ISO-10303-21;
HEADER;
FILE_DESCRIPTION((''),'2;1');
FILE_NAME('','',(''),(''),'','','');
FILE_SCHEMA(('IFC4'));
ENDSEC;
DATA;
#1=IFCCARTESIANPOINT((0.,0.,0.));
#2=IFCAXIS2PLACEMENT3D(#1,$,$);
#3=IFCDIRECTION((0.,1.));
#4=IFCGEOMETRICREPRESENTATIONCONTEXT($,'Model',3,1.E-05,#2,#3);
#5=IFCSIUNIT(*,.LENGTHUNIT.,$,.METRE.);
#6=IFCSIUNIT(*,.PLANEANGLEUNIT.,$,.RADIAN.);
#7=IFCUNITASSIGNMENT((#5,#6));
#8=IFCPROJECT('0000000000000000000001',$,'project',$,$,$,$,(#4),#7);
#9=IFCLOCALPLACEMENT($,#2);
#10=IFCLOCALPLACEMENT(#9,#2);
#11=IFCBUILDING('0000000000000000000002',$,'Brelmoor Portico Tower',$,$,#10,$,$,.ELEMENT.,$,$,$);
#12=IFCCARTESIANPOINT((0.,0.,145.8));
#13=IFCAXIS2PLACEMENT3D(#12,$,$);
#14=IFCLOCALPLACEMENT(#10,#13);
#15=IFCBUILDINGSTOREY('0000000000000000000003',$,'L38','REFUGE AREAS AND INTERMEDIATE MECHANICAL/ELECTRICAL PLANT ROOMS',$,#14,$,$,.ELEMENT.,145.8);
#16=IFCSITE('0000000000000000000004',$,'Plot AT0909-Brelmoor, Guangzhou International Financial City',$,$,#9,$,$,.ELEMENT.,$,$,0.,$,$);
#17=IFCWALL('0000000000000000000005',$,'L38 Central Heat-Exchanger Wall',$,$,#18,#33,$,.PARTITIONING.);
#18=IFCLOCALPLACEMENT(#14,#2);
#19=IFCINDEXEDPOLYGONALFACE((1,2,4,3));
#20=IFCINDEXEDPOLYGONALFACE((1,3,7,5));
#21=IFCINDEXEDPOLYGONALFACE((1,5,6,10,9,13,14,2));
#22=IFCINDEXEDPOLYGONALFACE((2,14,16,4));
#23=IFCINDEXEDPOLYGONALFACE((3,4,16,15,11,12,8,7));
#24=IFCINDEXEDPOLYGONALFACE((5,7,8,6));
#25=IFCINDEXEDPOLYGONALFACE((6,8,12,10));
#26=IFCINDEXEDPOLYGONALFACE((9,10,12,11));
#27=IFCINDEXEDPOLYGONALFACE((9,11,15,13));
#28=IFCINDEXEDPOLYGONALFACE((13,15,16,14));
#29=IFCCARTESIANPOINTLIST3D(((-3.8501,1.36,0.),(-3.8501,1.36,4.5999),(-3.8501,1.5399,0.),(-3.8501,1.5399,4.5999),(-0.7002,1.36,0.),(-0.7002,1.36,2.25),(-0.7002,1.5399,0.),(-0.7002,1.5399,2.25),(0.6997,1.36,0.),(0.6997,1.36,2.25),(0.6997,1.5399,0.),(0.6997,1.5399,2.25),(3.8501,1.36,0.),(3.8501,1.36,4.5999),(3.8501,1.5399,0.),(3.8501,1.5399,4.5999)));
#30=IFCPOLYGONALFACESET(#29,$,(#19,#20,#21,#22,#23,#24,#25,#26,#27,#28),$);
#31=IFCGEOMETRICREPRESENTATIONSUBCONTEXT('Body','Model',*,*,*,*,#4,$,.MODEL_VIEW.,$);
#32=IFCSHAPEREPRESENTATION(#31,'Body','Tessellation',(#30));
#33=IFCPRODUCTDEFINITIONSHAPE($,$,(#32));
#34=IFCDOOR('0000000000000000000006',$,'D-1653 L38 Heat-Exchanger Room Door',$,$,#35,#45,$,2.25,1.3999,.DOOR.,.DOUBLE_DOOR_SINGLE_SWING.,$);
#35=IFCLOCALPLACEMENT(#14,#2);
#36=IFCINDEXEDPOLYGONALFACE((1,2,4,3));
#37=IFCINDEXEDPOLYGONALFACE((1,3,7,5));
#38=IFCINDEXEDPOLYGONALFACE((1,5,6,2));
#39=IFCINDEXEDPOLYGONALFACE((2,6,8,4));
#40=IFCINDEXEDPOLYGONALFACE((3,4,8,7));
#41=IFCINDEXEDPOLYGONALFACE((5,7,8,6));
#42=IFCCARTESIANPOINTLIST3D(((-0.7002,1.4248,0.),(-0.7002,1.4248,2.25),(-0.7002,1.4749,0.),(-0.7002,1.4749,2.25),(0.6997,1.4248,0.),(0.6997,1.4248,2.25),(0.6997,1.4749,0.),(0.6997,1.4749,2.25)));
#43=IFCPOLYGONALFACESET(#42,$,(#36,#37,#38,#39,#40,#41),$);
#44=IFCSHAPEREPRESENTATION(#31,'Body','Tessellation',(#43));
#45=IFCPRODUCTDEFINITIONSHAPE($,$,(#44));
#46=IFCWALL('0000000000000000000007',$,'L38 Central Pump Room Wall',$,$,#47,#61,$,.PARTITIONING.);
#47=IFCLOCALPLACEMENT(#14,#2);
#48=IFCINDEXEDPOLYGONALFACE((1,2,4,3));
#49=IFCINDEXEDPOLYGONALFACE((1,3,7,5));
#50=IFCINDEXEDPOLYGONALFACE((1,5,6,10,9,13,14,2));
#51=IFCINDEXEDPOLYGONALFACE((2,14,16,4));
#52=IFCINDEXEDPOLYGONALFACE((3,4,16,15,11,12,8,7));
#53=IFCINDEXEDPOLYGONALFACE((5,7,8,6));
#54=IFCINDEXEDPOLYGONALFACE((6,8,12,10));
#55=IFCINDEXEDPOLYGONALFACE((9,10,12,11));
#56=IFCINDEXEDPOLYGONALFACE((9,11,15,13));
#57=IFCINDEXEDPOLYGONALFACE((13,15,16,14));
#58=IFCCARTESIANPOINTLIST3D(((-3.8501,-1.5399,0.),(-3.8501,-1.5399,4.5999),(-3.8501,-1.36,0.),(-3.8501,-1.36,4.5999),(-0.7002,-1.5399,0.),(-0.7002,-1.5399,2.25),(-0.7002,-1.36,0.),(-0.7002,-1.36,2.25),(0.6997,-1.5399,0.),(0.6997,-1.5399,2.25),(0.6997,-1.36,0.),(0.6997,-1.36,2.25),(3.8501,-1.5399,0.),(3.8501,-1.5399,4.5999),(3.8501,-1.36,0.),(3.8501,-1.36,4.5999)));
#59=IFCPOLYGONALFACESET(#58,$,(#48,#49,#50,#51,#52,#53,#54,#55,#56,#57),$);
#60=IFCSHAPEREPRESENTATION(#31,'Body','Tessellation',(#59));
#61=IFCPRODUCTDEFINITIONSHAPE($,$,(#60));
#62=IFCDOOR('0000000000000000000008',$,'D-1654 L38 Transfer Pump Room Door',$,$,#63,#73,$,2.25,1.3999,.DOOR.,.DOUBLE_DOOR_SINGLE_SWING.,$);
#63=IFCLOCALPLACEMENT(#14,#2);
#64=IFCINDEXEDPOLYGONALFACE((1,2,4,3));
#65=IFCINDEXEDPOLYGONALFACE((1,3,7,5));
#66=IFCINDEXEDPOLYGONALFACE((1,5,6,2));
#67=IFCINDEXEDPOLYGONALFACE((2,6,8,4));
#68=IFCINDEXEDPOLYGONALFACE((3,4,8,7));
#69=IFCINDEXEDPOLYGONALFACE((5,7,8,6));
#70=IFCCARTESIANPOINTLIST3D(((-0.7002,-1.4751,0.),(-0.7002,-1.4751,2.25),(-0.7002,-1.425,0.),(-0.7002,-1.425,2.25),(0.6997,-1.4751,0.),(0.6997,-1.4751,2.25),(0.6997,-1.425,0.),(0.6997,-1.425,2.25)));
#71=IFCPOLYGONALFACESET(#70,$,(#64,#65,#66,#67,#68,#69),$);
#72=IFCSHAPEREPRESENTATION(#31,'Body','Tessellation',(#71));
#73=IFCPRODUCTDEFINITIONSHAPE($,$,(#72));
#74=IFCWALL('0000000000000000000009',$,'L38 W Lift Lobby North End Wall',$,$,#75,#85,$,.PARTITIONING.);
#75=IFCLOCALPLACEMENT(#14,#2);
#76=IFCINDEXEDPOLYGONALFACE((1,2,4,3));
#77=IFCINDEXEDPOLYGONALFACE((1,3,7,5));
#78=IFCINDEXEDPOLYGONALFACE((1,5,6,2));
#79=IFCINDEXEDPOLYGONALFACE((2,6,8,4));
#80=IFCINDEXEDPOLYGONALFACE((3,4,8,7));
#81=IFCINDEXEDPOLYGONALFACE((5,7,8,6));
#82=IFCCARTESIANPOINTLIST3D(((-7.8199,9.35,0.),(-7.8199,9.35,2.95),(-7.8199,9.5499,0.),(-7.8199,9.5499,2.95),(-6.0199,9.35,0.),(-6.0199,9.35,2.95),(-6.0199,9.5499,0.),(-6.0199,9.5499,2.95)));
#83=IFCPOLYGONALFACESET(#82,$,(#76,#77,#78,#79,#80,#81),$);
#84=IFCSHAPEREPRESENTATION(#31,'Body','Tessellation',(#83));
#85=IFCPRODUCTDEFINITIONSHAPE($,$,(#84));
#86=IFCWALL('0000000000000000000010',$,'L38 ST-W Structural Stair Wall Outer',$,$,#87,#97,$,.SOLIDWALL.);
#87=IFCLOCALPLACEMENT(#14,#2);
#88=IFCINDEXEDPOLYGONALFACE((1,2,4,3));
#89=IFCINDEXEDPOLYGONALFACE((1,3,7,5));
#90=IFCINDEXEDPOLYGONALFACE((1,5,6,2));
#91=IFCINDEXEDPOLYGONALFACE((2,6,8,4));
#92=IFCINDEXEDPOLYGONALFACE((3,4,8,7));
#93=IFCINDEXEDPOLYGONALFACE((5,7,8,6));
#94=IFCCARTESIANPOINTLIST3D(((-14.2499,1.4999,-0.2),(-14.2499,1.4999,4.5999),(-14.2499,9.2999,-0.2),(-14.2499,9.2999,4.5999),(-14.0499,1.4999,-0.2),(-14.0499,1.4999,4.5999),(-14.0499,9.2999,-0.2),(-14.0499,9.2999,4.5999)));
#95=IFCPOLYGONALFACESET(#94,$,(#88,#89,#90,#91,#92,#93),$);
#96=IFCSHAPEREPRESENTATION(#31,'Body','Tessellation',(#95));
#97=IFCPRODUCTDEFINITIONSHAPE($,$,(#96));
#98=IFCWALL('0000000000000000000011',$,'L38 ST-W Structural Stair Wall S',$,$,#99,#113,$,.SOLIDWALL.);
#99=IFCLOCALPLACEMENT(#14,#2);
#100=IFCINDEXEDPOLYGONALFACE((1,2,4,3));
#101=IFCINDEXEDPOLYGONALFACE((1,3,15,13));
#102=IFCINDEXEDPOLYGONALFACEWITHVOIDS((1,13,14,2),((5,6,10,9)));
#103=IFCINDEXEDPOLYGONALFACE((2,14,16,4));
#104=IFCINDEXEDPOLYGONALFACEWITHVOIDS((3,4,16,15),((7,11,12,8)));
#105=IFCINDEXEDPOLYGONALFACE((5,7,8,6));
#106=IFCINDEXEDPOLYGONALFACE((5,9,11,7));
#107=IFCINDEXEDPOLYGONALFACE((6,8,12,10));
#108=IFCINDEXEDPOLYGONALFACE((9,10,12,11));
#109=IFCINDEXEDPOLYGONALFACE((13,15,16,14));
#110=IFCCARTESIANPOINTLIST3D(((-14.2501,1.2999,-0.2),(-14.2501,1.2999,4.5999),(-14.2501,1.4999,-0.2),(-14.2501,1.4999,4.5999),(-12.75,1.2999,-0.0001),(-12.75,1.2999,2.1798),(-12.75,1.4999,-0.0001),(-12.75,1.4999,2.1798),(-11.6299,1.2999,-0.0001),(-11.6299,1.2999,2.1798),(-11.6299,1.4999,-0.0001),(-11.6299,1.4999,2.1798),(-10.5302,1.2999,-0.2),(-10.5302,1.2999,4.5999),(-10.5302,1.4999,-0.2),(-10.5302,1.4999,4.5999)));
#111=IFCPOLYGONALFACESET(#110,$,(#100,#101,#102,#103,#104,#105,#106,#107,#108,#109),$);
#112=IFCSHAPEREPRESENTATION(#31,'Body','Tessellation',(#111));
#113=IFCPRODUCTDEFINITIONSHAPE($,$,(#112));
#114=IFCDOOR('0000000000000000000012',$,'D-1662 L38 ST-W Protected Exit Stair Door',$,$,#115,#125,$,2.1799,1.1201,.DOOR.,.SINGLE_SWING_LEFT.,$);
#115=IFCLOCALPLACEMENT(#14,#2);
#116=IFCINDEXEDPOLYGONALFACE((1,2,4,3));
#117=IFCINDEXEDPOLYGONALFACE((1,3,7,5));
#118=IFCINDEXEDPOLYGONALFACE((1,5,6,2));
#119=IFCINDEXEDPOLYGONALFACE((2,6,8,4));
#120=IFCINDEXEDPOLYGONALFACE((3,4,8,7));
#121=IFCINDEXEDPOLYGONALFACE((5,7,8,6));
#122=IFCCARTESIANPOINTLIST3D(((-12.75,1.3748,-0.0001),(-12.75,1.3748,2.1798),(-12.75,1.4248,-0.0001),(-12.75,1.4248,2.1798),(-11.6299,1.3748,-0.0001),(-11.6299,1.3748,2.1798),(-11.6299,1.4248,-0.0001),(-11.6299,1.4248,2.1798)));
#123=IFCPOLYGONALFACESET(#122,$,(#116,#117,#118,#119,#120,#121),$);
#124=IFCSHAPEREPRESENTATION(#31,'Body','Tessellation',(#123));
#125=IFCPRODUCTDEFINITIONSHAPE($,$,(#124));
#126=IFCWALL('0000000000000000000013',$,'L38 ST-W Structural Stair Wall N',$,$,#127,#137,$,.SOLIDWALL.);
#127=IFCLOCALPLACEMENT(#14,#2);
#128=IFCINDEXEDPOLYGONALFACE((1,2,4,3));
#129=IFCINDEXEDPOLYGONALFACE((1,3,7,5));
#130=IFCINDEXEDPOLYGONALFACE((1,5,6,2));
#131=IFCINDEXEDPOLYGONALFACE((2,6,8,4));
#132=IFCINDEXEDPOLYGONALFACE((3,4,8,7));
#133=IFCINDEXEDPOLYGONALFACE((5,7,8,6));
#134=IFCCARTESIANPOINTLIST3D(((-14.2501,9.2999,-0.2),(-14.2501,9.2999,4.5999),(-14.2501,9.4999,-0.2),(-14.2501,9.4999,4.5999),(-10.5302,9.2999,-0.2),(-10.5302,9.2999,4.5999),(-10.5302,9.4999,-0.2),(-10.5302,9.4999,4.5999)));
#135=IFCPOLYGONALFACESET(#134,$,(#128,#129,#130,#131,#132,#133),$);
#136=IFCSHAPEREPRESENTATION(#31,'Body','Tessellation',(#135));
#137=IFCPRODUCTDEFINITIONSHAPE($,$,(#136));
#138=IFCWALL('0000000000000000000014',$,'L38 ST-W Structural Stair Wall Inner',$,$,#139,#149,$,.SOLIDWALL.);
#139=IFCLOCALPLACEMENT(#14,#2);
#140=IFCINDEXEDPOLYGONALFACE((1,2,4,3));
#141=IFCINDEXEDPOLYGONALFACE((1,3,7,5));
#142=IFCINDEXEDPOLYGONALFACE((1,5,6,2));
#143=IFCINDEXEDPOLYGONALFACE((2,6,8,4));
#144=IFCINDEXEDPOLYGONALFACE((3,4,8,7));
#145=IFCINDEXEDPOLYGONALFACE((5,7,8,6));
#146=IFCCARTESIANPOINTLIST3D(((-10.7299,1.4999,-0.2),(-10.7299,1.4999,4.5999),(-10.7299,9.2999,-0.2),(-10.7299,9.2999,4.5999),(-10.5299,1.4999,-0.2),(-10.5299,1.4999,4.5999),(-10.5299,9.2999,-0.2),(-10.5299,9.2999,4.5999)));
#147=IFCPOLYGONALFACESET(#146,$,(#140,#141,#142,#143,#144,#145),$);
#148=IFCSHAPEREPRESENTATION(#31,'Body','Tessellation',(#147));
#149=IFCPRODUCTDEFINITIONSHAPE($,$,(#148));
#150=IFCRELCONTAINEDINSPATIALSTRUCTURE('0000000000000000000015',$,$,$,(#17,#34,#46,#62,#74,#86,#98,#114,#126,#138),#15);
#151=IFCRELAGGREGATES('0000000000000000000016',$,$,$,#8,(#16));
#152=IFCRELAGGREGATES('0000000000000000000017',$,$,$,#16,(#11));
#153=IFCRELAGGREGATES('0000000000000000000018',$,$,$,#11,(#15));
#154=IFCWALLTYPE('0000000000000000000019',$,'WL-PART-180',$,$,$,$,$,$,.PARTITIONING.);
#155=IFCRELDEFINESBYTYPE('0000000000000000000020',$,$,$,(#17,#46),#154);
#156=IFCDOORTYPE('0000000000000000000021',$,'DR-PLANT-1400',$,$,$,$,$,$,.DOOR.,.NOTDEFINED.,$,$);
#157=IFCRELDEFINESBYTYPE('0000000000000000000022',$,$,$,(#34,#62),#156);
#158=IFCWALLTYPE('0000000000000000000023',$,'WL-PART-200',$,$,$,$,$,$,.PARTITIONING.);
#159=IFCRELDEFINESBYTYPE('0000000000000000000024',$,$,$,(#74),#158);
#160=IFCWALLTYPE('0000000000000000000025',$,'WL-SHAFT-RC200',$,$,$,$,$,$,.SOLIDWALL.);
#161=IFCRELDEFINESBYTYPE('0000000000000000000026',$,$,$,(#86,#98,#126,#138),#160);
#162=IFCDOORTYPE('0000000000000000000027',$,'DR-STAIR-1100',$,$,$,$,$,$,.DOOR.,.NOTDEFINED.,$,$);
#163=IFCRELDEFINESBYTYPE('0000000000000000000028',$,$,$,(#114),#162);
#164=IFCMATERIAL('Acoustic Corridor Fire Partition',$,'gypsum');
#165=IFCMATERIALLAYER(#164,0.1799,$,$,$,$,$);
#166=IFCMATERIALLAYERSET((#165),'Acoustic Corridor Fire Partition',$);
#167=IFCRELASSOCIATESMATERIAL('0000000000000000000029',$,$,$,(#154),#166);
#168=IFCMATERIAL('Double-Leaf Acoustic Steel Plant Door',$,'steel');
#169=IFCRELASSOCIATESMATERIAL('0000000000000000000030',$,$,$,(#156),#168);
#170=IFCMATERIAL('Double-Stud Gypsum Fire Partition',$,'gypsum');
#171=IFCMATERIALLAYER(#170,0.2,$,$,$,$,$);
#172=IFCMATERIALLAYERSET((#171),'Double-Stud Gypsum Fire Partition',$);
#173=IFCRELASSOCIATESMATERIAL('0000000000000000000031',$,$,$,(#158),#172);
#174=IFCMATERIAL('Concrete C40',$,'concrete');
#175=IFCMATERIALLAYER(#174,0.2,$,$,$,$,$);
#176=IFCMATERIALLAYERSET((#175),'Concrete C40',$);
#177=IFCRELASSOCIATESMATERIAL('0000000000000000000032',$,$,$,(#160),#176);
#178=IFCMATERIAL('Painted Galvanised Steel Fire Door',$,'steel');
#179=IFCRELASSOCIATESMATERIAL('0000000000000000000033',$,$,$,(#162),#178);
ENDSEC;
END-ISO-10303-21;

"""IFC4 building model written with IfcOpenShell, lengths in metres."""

from ifc_helpers import new_model, si_unit, direction, frame, frame_2d, origin, place, context, subcontext, project, spatial, rectangle, extrude, material, layer, layer_set, type_object, element, fill, save


model = new_model("IFC4")

# Units and contexts
model_context = context("Model", 3, precision=1e-05, world=origin(), true_north=direction((0.0, 1.0)))
body_context = subcontext(model_context, "Body", "Model", "MODEL_VIEW")
ifc_project = project(units=[si_unit("LENGTHUNIT", "METRE"), si_unit("PLANEANGLEUNIT", "RADIAN")], contexts=[model_context])

# Site, building, storey
site_placement = place(None, origin())
site = spatial("IfcSite", under=ifc_project, at=site_placement, Name="Plot AT0909-Brelmoor, Guangzhou International Financial City", CompositionType="ELEMENT", RefElevation=0.0)
building_placement = place(site_placement, origin())
building = spatial("IfcBuilding", under=site, at=building_placement, Name="Brelmoor Portico Tower", CompositionType="ELEMENT")
storey_placement = place(building_placement, frame((0.0, 0.0, 145.8)))
storey = spatial("IfcBuildingStorey", under=building, at=storey_placement, Name="L38", Description="REFUGE AREAS AND INTERMEDIATE MECHANICAL/ELECTRICAL PLANT ROOMS", CompositionType="ELEMENT", Elevation=145.8)

# Shared definitions
ifc_material_1 = material(Name="Concrete C40", Category="concrete")

# Walls, openings, doors
ifc_material_2 = material(Name="Acoustic Corridor Fire Partition", Category="gypsum")
ifc_layer_1 = layer(ifc_material_2, 0.1799)
ifc_layer_set_1 = layer_set([ifc_layer_1], Name="Acoustic Corridor Fire Partition")
wall_type_1 = type_object("IfcWallType", Name="WL-PART-180", PredefinedType="PARTITIONING", material=ifc_layer_set_1)
wall_1_placement = place(storey_placement, frame((-3.8501, 1.45, 0.0), z_axis=(0.0, 0.0, 1.0), x_axis=(1.0, 0.0, 0.0)))
wall_1 = element("IfcWall", 1, at=wall_1_placement, inside=storey, type_object=wall_type_1, Name="L38 Central Heat-Exchanger Wall", PredefinedType="PARTITIONING", context=body_context, shape_type="SweptSolid", body=[
    extrude(rectangle(XDim=7.7002, YDim=0.1799, at=frame_2d((3.8501, 0.0))), origin(), (0.0, 0.0, 1.0), 4.5999),
])
opening_1_placement = place(wall_1_placement, frame((3.1499, 0.0, 0.0)))
opening_1 = element("IfcOpeningElement", 2, at=opening_1_placement, cuts=wall_1, PredefinedType="OPENING", context=body_context, shape_type="SweptSolid", body=[
    extrude(rectangle(XDim=1.3999, YDim=2.25, at=frame_2d((0.7, 1.125))), frame((0.0, 0.0999, 0.0), z_axis=(0.0, -1.0, 0.0), x_axis=(1.0, 0.0, 0.0)), (0.0, 0.0, 1.0), 0.2),
])
ifc_material_3 = material(Name="Double-Leaf Acoustic Steel Plant Door", Category="steel")
door_type_1 = type_object("IfcDoorType", Name="DR-PLANT-1400", OperationType="NOTDEFINED", PredefinedType="DOOR", material=ifc_material_3)
door_1_placement = place(opening_1_placement, origin())
door_1 = element("IfcDoor", 3, at=door_1_placement, inside=storey, type_object=door_type_1, Name="D-1653 L38 Heat-Exchanger Room Door", OperationType="DOUBLE_DOOR_SINGLE_SWING", OverallHeight=2.25, OverallWidth=1.3999, PredefinedType="DOOR", context=body_context, shape_type="SweptSolid", body=[
    extrude(rectangle(XDim=1.3999, YDim=2.25, at=frame_2d((0.7, 1.125))), frame((0.0, 0.0249, 0.0), z_axis=(0.0, -1.0, 0.0), x_axis=(1.0, 0.0, 0.0)), (0.0, 0.0, 1.0), 0.05),
])
fill(opening_1, door_1)
wall_2_placement = place(storey_placement, frame((-3.8501, -1.45, 0.0), z_axis=(0.0, 0.0, 1.0), x_axis=(1.0, 0.0, 0.0)))
wall_2 = element("IfcWall", 4, at=wall_2_placement, inside=storey, type_object=wall_type_1, Name="L38 Central Pump Room Wall", PredefinedType="PARTITIONING", context=body_context, shape_type="SweptSolid", body=[
    extrude(rectangle(XDim=7.7002, YDim=0.1799, at=frame_2d((3.8501, 0.0))), origin(), (0.0, 0.0, 1.0), 4.5999),
])
opening_2_placement = place(wall_2_placement, frame((3.1499, 0.0, 0.0)))
opening_2 = element("IfcOpeningElement", 5, at=opening_2_placement, cuts=wall_2, PredefinedType="OPENING", context=body_context, shape_type="SweptSolid", body=[
    extrude(rectangle(XDim=1.3999, YDim=2.25, at=frame_2d((0.7, 1.125))), frame((0.0, 0.0999, 0.0), z_axis=(0.0, -1.0, 0.0), x_axis=(1.0, 0.0, 0.0)), (0.0, 0.0, 1.0), 0.2),
])
door_2_placement = place(opening_2_placement, origin())
door_2 = element("IfcDoor", 6, at=door_2_placement, inside=storey, type_object=door_type_1, Name="D-1654 L38 Transfer Pump Room Door", OperationType="DOUBLE_DOOR_SINGLE_SWING", OverallHeight=2.25, OverallWidth=1.3999, PredefinedType="DOOR", context=body_context, shape_type="SweptSolid", body=[
    extrude(rectangle(XDim=1.3999, YDim=2.25, at=frame_2d((0.7, 1.125))), frame((0.0, 0.0249, 0.0), z_axis=(0.0, -1.0, 0.0), x_axis=(1.0, 0.0, 0.0)), (0.0, 0.0, 1.0), 0.05),
])
fill(opening_2, door_2)

# Wall
ifc_material_4 = material(Name="Double-Stud Gypsum Fire Partition", Category="gypsum")
ifc_layer_2 = layer(ifc_material_4, 0.2)
ifc_layer_set_2 = layer_set([ifc_layer_2], Name="Double-Stud Gypsum Fire Partition")
wall_type_2 = type_object("IfcWallType", Name="WL-PART-200", PredefinedType="PARTITIONING", material=ifc_layer_set_2)
wall_3_placement = place(storey_placement, frame((-6.02, 9.45, 0.0), z_axis=(0.0, 0.0, 1.0), x_axis=(-1.0, 0.0, 0.0)))
element("IfcWall", 7, at=wall_3_placement, inside=storey, type_object=wall_type_2, Name="L38 W Lift Lobby North End Wall", PredefinedType="PARTITIONING", context=body_context, shape_type="SweptSolid", body=[
    extrude(rectangle(XDim=1.8, YDim=0.2, at=frame_2d((0.8999, 0.0))), origin(), (0.0, 0.0, 1.0), 2.95),
])

# Shared definitions
ifc_material_5 = material(Name="Painted Galvanised Steel Fire Door", Category="steel")

# Wall
ifc_layer_3 = layer(ifc_material_1, 0.2)
ifc_layer_set_3 = layer_set([ifc_layer_3], Name="Concrete C40")
wall_type_3 = type_object("IfcWallType", Name="WL-SHAFT-RC200", PredefinedType="SOLIDWALL", material=ifc_layer_set_3)
wall_4_placement = place(storey_placement, frame((-14.1499, 1.5, -0.2), z_axis=(0.0, 0.0, 1.0), x_axis=(0.0, 1.0, 0.0)))
element("IfcWall", 8, at=wall_4_placement, inside=storey, type_object=wall_type_3, Name="L38 ST-W Structural Stair Wall Outer", PredefinedType="SOLIDWALL", context=body_context, shape_type="SweptSolid", body=[
    extrude(rectangle(XDim=7.8, YDim=0.2, at=frame_2d((3.8999, 0.0))), origin(), (0.0, 0.0, 1.0), 4.7998),
])

# Wall, opening, door
wall_5_placement = place(storey_placement, frame((-14.25, 1.3999, -0.2), z_axis=(0.0, 0.0, 1.0), x_axis=(1.0, 0.0, 0.0)))
wall_5 = element("IfcWall", 9, at=wall_5_placement, inside=storey, type_object=wall_type_3, Name="L38 ST-W Structural Stair Wall S", PredefinedType="SOLIDWALL", context=body_context, shape_type="SweptSolid", body=[
    extrude(rectangle(XDim=3.72, YDim=0.2, at=frame_2d((1.8599, 0.0))), origin(), (0.0, 0.0, 1.0), 4.7998),
])
opening_3_placement = place(wall_5_placement, frame((1.5, 0.0, 0.2)))
opening_3 = element("IfcOpeningElement", 10, at=opening_3_placement, cuts=wall_5, PredefinedType="OPENING", context=body_context, shape_type="SweptSolid", body=[
    extrude(rectangle(XDim=1.1201, YDim=2.1799, at=frame_2d((0.5601, 1.0898))), frame((0.0, 0.1099, 0.0), z_axis=(0.0, -1.0, 0.0), x_axis=(1.0, 0.0, 0.0)), (0.0, 0.0, 1.0), 0.22),
])
door_type_2 = type_object("IfcDoorType", Name="DR-STAIR-1100", OperationType="NOTDEFINED", PredefinedType="DOOR", material=ifc_material_5)
door_3_placement = place(opening_3_placement, origin())
door_3 = element("IfcDoor", 11, at=door_3_placement, inside=storey, type_object=door_type_2, Name="D-1662 L38 ST-W Protected Exit Stair Door", OperationType="SINGLE_SWING_LEFT", OverallHeight=2.1799, OverallWidth=1.1201, PredefinedType="DOOR", context=body_context, shape_type="SweptSolid", body=[
    extrude(rectangle(XDim=1.1201, YDim=2.1799, at=frame_2d((0.5601, 1.0898))), frame((0.0, 0.0249, 0.0), z_axis=(0.0, -1.0, 0.0), x_axis=(1.0, 0.0, 0.0)), (0.0, 0.0, 1.0), 0.05),
])
fill(opening_3, door_3)

# Walls
wall_6_placement = place(storey_placement, frame((-14.25, 9.3999, -0.2), z_axis=(0.0, 0.0, 1.0), x_axis=(1.0, 0.0, 0.0)))
element("IfcWall", 12, at=wall_6_placement, inside=storey, type_object=wall_type_3, Name="L38 ST-W Structural Stair Wall N", PredefinedType="SOLIDWALL", context=body_context, shape_type="SweptSolid", body=[
    extrude(rectangle(XDim=3.72, YDim=0.2, at=frame_2d((1.8599, 0.0))), origin(), (0.0, 0.0, 1.0), 4.7998),
])
wall_7_placement = place(storey_placement, frame((-10.6299, 1.5, -0.2), z_axis=(0.0, 0.0, 1.0), x_axis=(0.0, 1.0, 0.0)))
element("IfcWall", 13, at=wall_7_placement, inside=storey, type_object=wall_type_3, Name="L38 ST-W Structural Stair Wall Inner", PredefinedType="SOLIDWALL", context=body_context, shape_type="SweptSolid", body=[
    extrude(rectangle(XDim=7.8, YDim=0.2, at=frame_2d((3.8999, 0.0))), origin(), (0.0, 0.0, 1.0), 4.7998),
])

save(model, "model.ifc")
